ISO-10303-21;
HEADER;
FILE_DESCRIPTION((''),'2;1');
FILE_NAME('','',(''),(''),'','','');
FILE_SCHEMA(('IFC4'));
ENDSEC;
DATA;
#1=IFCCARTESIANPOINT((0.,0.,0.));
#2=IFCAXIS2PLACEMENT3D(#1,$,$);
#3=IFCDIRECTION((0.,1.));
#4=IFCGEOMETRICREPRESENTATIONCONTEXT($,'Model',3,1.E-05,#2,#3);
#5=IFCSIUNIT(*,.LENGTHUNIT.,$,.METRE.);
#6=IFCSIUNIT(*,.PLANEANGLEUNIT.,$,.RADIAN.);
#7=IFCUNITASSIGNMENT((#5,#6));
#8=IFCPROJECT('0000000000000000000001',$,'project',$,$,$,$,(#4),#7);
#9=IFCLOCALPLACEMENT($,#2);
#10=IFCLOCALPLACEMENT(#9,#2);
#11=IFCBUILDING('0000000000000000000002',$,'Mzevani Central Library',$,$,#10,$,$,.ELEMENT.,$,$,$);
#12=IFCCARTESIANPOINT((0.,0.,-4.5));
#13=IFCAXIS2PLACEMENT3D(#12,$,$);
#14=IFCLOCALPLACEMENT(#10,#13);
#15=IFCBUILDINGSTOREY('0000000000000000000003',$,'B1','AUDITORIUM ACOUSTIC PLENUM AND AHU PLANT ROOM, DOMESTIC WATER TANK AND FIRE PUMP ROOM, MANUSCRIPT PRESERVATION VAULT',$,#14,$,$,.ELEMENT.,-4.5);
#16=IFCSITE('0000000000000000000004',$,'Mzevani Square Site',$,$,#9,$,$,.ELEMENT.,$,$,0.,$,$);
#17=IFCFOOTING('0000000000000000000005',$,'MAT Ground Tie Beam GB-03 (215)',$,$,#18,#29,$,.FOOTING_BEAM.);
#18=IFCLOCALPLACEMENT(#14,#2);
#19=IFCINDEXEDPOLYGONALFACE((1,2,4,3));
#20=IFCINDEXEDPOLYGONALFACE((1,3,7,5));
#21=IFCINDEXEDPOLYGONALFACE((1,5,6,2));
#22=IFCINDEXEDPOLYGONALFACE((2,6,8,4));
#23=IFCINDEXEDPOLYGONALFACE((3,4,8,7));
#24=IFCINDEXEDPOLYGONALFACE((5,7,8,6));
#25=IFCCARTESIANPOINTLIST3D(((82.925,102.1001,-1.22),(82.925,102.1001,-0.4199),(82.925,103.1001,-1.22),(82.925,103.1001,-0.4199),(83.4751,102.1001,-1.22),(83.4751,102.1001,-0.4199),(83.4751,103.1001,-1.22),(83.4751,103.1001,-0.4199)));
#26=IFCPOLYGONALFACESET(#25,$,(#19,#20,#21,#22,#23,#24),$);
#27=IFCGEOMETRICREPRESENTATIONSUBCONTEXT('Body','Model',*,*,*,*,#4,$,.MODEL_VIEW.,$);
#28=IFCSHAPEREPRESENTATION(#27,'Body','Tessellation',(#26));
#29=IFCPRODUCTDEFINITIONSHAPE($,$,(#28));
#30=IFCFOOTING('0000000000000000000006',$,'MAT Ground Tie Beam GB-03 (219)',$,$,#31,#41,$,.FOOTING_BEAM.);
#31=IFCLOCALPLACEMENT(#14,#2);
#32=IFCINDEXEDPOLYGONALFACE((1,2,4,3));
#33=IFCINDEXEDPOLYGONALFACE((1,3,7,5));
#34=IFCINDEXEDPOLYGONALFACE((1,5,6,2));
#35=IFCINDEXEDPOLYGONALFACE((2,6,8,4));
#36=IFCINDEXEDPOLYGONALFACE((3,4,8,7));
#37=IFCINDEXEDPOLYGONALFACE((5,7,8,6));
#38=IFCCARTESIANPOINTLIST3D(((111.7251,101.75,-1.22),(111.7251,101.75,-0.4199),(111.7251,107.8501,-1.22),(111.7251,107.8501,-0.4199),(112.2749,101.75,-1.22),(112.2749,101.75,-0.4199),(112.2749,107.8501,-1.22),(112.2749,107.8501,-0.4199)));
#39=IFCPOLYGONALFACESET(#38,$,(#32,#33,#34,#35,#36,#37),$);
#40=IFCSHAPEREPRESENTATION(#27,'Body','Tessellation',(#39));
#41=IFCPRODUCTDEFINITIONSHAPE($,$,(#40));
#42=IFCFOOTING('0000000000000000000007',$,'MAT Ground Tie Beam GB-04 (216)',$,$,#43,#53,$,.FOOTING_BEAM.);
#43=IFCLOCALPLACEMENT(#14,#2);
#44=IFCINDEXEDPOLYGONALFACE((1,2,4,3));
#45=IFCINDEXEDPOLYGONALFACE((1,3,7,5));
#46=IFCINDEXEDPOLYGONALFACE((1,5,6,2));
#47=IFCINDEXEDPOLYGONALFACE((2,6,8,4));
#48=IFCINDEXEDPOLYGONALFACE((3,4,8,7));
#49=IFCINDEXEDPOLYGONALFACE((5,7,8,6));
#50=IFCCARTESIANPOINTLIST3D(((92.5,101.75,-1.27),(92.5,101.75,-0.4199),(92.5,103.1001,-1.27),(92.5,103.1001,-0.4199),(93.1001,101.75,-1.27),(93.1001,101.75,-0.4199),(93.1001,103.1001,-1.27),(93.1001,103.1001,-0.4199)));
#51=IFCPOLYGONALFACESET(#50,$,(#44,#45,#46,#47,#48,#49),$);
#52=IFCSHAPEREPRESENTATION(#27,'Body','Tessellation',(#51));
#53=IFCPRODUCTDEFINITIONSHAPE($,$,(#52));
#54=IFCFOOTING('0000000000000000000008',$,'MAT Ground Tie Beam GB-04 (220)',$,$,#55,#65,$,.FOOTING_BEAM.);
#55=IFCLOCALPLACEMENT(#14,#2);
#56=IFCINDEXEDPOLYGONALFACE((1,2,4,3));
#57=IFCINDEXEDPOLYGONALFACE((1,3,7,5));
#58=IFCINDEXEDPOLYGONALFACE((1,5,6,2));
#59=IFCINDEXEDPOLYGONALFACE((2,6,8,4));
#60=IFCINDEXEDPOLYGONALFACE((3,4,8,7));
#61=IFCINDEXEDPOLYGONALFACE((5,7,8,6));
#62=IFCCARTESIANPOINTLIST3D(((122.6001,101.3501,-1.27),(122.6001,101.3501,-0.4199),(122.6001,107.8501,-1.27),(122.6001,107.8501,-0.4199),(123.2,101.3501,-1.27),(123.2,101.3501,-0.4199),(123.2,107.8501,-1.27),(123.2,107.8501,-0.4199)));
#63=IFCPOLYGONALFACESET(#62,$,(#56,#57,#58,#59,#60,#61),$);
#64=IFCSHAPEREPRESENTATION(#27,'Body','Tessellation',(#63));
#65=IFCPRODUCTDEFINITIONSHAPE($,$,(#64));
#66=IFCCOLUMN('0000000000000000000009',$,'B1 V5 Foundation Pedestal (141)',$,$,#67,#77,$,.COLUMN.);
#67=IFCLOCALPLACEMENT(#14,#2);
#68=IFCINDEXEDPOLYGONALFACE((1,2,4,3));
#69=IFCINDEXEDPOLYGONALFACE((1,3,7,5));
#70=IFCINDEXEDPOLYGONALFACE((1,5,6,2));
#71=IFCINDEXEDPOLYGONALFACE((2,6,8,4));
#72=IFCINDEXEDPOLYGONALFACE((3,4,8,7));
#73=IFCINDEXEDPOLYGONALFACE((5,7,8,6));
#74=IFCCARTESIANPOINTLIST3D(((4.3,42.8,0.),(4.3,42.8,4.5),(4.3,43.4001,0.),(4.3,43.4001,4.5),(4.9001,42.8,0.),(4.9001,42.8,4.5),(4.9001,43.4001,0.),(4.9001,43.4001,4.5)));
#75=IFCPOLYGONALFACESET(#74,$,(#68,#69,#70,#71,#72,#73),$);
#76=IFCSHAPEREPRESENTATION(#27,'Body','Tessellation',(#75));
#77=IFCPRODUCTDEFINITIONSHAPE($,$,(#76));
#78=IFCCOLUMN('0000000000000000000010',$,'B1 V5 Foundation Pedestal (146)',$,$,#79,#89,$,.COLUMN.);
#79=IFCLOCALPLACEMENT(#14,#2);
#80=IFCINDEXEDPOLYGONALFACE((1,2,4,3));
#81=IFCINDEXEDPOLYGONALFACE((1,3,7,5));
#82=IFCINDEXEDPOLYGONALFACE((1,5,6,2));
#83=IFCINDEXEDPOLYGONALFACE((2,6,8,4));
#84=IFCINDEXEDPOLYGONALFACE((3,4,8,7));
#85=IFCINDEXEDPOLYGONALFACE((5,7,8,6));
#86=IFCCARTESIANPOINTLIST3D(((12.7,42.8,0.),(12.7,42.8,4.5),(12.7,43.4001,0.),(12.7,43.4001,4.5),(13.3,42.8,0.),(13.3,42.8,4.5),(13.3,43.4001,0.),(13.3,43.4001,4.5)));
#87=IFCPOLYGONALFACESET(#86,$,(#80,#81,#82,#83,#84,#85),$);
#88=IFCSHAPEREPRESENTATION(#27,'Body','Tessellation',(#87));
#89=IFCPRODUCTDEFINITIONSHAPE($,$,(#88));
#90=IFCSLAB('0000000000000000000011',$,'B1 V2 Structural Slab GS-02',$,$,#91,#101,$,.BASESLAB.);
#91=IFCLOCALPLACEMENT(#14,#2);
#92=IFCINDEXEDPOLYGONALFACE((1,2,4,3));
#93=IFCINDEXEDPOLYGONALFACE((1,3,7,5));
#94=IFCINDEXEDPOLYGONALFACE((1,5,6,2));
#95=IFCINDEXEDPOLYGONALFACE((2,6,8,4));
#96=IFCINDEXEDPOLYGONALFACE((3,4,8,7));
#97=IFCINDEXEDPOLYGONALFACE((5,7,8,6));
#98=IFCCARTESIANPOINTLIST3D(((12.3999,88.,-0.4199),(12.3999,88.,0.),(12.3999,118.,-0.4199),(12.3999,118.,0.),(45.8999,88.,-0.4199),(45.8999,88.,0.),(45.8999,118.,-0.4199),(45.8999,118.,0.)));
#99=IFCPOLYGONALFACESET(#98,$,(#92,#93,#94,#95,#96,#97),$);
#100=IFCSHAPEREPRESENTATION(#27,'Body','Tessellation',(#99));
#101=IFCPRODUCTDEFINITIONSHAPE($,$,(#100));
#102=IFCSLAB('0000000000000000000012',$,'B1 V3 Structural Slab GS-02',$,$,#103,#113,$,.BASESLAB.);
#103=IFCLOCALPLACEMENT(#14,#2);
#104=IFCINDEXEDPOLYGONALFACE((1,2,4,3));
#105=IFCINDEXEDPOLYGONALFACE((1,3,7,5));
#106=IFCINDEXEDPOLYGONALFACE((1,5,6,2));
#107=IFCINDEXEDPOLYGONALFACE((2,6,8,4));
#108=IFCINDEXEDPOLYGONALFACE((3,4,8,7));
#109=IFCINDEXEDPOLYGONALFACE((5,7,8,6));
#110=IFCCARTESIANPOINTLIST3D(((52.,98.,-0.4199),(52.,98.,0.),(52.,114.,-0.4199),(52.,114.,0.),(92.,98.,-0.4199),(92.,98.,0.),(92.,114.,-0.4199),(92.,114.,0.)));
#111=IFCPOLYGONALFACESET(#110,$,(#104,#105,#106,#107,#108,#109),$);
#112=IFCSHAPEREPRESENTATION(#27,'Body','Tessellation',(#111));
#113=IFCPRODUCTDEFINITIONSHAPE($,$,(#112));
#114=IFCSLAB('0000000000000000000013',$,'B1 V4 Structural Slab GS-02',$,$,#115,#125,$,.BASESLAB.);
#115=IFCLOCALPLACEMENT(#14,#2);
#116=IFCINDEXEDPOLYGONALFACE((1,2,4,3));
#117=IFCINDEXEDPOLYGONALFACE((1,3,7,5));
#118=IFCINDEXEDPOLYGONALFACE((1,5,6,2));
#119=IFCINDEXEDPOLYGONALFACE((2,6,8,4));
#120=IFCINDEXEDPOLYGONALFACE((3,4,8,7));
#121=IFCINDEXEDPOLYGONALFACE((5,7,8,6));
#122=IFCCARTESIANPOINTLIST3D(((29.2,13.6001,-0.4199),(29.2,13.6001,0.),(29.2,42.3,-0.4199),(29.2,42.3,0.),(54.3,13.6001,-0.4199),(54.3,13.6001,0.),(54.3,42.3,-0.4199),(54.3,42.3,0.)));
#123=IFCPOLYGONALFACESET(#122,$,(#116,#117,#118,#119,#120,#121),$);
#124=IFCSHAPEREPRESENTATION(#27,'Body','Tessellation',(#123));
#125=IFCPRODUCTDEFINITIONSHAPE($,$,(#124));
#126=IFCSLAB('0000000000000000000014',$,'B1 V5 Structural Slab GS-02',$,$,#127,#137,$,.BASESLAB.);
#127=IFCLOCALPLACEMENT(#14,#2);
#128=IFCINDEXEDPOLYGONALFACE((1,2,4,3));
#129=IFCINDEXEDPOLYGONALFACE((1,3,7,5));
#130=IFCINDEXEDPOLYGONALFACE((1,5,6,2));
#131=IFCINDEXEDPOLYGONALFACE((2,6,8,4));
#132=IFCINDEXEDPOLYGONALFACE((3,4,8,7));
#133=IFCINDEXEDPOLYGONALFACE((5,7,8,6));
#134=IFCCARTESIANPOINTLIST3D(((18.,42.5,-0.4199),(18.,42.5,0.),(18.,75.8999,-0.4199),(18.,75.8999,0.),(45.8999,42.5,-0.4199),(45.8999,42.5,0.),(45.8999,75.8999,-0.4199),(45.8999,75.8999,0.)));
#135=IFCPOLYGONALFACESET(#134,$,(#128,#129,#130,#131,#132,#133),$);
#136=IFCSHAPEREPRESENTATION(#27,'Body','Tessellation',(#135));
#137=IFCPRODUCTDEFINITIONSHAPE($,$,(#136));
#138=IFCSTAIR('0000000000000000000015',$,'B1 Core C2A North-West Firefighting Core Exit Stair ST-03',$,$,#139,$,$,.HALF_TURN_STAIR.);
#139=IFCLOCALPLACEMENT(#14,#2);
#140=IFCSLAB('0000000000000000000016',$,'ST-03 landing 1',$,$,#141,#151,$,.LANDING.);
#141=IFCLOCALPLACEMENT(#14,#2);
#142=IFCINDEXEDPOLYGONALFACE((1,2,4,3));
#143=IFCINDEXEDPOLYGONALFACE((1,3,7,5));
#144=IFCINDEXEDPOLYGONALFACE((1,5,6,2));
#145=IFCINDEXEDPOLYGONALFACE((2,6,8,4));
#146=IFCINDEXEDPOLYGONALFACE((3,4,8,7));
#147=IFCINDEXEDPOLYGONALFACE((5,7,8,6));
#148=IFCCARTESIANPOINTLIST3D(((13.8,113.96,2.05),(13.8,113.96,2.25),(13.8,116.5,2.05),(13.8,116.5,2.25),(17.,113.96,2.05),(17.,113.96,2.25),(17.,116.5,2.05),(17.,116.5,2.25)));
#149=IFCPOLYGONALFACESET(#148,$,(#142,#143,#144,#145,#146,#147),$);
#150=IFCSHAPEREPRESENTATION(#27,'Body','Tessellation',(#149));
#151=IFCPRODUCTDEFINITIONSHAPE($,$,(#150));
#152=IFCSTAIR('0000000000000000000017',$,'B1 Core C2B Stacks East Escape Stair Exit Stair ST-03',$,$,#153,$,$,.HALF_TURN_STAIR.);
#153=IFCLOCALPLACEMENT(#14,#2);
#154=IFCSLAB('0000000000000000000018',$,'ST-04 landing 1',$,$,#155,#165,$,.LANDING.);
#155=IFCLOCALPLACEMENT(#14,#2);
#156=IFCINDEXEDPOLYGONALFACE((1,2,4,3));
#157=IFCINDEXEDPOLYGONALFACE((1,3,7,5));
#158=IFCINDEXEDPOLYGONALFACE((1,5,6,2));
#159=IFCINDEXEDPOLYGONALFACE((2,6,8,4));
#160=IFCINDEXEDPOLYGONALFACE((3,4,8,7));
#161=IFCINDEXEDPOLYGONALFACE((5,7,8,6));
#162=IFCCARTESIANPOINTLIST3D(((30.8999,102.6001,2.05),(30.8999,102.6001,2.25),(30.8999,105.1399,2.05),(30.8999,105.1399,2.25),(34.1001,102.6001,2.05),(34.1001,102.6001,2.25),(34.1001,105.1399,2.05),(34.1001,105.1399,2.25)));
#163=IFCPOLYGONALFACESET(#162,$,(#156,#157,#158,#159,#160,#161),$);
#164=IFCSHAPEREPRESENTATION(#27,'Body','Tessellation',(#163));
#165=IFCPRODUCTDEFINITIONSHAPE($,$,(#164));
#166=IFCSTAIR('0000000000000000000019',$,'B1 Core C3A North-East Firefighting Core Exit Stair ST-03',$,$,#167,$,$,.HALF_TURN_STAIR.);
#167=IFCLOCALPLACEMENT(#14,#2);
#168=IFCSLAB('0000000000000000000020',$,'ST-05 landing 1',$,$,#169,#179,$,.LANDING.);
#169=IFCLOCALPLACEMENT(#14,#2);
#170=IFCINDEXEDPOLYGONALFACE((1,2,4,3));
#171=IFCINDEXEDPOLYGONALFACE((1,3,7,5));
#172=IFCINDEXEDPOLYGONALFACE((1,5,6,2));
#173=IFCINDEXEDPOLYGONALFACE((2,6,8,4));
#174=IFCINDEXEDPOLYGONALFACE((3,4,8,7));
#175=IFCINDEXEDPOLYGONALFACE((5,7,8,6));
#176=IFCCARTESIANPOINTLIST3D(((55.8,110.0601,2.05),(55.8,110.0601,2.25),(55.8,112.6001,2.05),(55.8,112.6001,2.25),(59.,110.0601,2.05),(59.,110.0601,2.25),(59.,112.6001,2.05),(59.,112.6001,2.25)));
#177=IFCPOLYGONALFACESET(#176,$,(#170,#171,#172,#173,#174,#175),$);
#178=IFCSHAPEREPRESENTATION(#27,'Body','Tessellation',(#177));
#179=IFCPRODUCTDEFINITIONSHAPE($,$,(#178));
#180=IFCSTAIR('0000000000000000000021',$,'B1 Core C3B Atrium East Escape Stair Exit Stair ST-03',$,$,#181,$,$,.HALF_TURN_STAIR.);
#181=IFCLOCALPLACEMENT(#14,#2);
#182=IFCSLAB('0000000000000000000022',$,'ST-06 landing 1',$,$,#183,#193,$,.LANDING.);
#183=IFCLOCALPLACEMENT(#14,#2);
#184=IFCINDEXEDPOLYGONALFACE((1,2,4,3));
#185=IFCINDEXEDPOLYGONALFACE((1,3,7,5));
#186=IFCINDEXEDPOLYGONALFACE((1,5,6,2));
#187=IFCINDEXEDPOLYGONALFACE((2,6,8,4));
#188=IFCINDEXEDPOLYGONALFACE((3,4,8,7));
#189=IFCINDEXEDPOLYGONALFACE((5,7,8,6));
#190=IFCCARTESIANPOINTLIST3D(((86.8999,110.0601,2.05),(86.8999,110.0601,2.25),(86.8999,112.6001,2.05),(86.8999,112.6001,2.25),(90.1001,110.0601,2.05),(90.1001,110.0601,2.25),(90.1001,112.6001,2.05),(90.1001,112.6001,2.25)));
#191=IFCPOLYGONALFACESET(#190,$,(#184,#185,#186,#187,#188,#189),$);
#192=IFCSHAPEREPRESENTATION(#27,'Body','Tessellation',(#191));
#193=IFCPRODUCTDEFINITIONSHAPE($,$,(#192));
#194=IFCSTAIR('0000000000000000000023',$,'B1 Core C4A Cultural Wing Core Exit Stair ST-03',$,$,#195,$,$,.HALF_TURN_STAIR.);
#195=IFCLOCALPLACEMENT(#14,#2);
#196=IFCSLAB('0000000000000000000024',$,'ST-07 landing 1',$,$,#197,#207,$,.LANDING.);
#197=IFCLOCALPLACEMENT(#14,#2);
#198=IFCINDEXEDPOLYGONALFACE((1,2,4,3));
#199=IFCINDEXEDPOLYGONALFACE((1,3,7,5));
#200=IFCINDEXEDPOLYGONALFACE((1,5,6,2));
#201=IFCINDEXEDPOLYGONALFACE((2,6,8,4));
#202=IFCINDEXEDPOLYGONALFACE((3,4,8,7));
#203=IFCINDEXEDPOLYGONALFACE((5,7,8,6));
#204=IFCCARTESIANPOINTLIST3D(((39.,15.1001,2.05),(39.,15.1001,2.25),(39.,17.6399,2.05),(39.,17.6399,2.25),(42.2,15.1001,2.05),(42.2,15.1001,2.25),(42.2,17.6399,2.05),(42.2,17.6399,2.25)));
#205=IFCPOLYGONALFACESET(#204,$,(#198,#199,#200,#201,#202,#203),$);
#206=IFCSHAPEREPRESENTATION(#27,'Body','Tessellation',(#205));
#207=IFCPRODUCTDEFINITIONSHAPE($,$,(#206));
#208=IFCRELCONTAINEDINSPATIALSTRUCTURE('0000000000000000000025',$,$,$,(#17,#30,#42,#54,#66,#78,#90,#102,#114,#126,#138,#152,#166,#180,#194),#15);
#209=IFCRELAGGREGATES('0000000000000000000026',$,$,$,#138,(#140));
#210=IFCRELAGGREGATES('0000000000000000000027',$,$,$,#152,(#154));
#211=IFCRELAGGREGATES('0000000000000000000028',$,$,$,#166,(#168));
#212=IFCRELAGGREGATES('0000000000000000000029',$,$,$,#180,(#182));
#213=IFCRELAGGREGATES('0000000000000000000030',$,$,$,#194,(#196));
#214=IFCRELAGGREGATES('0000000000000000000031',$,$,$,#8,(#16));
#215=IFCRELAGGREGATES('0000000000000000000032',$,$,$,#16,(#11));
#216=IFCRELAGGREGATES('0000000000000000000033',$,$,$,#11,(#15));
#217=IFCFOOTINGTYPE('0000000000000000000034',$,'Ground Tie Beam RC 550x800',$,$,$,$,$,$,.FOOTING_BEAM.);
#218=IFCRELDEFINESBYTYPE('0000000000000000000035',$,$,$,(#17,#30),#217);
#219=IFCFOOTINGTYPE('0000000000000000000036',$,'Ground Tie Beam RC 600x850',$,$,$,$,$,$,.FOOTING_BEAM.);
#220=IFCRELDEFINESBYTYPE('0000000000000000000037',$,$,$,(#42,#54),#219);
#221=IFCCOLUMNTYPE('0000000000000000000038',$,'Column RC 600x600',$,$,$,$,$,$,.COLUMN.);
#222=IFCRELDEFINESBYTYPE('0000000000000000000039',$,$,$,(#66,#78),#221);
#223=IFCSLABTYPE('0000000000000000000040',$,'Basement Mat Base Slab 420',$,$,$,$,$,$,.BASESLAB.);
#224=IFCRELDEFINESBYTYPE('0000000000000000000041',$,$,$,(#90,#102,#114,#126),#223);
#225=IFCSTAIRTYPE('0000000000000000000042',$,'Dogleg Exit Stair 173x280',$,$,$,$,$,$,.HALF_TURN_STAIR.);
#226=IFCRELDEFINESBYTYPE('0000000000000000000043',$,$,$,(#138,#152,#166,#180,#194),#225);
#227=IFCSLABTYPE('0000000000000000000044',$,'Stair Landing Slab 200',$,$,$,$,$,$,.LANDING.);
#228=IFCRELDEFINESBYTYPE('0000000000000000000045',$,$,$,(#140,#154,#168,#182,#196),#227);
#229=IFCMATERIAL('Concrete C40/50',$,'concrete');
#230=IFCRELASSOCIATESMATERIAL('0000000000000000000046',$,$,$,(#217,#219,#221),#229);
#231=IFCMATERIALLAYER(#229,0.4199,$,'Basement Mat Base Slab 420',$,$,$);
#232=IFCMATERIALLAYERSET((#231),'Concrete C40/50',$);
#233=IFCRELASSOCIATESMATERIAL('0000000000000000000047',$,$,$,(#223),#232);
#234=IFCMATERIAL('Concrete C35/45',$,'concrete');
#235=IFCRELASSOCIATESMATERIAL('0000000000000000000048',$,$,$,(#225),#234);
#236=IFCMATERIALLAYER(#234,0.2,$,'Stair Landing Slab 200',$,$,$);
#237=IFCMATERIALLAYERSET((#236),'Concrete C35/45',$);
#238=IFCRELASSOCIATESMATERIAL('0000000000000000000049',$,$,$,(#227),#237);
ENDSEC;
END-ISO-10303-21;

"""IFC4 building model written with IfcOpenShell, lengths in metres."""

from ifc_helpers import new_model, si_unit, direction, frame, origin, origin_2d, place, context, subcontext, project, spatial, polyline, rectangle, outline, extrude, material, layer, layer_set, material_profile, profile_set, type_object, element, aggregate, save


model = new_model("IFC4")

# Units and contexts
model_context = context("Model", 3, precision=1e-05, world=origin(), true_north=direction((0.0, 1.0)))
body_context = subcontext(model_context, "Body", "Model", "MODEL_VIEW")
ifc_project = project(units=[si_unit("LENGTHUNIT", "METRE"), si_unit("PLANEANGLEUNIT", "RADIAN")], contexts=[model_context])

# Site, building, storey
site_placement = place(None, origin())
site = spatial("IfcSite", under=ifc_project, at=site_placement, Name="Mzevani Square Site", CompositionType="ELEMENT", RefElevation=0.0)
building_placement = place(site_placement, origin())
building = spatial("IfcBuilding", under=site, at=building_placement, Name="Mzevani Central Library", CompositionType="ELEMENT")
storey_placement = place(building_placement, frame((0.0, 0.0, -4.5)))
storey = spatial("IfcBuildingStorey", under=building, at=storey_placement, Name="B1", Description="AUDITORIUM ACOUSTIC PLENUM AND AHU PLANT ROOM, DOMESTIC WATER TANK AND FIRE PUMP ROOM, MANUSCRIPT PRESERVATION VAULT", CompositionType="ELEMENT", Elevation=-4.5)

# Shared definitions
ifc_material_1 = material(Name="Concrete C40/50", Category="concrete")

# Footings
footing_type_1 = type_object("IfcFootingType", Name="Ground Tie Beam RC 550x800", PredefinedType="FOOTING_BEAM", material=ifc_material_1)
footing_1_placement = place(storey_placement, frame((0.0, 0.0, -1.22)))
element("IfcFooting", 1, at=footing_1_placement, inside=storey, type_object=footing_type_1, Name="MAT Ground Tie Beam GB-03 (215)", PredefinedType="FOOTING_BEAM", context=body_context, shape_type="SweptSolid", body=[
    extrude(outline(polyline([(82.925, 102.1001), (83.4751, 102.1001), (83.4751, 103.1001), (82.925, 103.1001), (82.925, 102.1001)])), origin(), (0.0, 0.0, 1.0), 0.8),
])
footing_2_placement = place(storey_placement, frame((0.0, 0.0, -1.22)))
element("IfcFooting", 2, at=footing_2_placement, inside=storey, type_object=footing_type_1, Name="MAT Ground Tie Beam GB-03 (219)", PredefinedType="FOOTING_BEAM", context=body_context, shape_type="SweptSolid", body=[
    extrude(outline(polyline([(111.7251, 101.75), (112.2749, 101.75), (112.2749, 107.8501), (111.7251, 107.8501), (111.7251, 101.75)])), origin(), (0.0, 0.0, 1.0), 0.8),
])
footing_type_2 = type_object("IfcFootingType", Name="Ground Tie Beam RC 600x850", PredefinedType="FOOTING_BEAM", material=ifc_material_1)
footing_3_placement = place(storey_placement, frame((0.0, 0.0, -1.27)))
element("IfcFooting", 3, at=footing_3_placement, inside=storey, type_object=footing_type_2, Name="MAT Ground Tie Beam GB-04 (216)", PredefinedType="FOOTING_BEAM", context=body_context, shape_type="SweptSolid", body=[
    extrude(outline(polyline([(92.5, 101.75), (93.1001, 101.75), (93.1001, 103.1001), (92.5, 103.1001), (92.5, 101.75)])), origin(), (0.0, 0.0, 1.0), 0.8501),
])
footing_4_placement = place(storey_placement, frame((0.0, 0.0, -1.27)))
element("IfcFooting", 4, at=footing_4_placement, inside=storey, type_object=footing_type_2, Name="MAT Ground Tie Beam GB-04 (220)", PredefinedType="FOOTING_BEAM", context=body_context, shape_type="SweptSolid", body=[
    extrude(outline(polyline([(122.6001, 101.3501), (123.2, 101.3501), (123.2, 107.8501), (122.6001, 107.8501), (122.6001, 101.3501)])), origin(), (0.0, 0.0, 1.0), 0.8501),
])

# Columns
ifc_material_profile_1 = material_profile(ifc_material_1, rectangle(XDim=0.6001, YDim=0.6001, at=origin_2d()), Name="RC 600x600")
ifc_profile_set_1 = profile_set([ifc_material_profile_1], Name="Concrete C40/50")
column_type = type_object("IfcColumnType", Name="Column RC 600x600", PredefinedType="COLUMN", material=ifc_profile_set_1)
for number, where, z_axis, x_axis, name in (
    (5, (4.6001, 43.1001, 0.0), (0.0, 0.0, 1.0), (1.0, 0.0, 0.0), "B1 V5 Foundation Pedestal (141)"),
    (6, (13.0, 43.1001, 0.0), (0.0, 0.0, 1.0), (1.0, 0.0, 0.0), "B1 V5 Foundation Pedestal (146)"),
):
    element("IfcColumn", number, at=place(storey_placement, frame(where, z_axis=z_axis, x_axis=x_axis)), inside=storey, type_object=column_type, Name=name, PredefinedType="COLUMN", context=body_context, shape_type="SweptSolid", body=[
        extrude(rectangle(XDim=0.6001, YDim=0.6001, at=origin_2d()), origin(), (0.0, 0.0, 1.0), 4.5),
    ])

# Slabs
ifc_layer_1 = layer(ifc_material_1, 0.4199, Name="Basement Mat Base Slab 420")
ifc_layer_set_1 = layer_set([ifc_layer_1], Name="Concrete C40/50")
slab_type_1 = type_object("IfcSlabType", Name="Basement Mat Base Slab 420", PredefinedType="BASESLAB", material=ifc_layer_set_1)
slab_1_placement = place(storey_placement, frame((0.0, 0.0, -0.4199)))
element("IfcSlab", 7, at=slab_1_placement, inside=storey, type_object=slab_type_1, Name="B1 V2 Structural Slab GS-02", PredefinedType="BASESLAB", context=body_context, shape_type="SweptSolid", body=[
    extrude(outline(polyline([(45.8999, 88.0), (12.3999, 88.0), (12.3999, 118.0), (45.8999, 118.0), (45.8999, 88.0)])), origin(), (0.0, 0.0, 1.0), 0.4199),
])
slab_2_placement = place(storey_placement, frame((0.0, 0.0, -0.4199)))
element("IfcSlab", 8, at=slab_2_placement, inside=storey, type_object=slab_type_1, Name="B1 V3 Structural Slab GS-02", PredefinedType="BASESLAB", context=body_context, shape_type="SweptSolid", body=[
    extrude(outline(polyline([(92.0, 98.0), (52.0, 98.0), (52.0, 114.0), (92.0, 114.0), (92.0, 98.0)])), origin(), (0.0, 0.0, 1.0), 0.4199),
])
slab_3_placement = place(storey_placement, frame((0.0, 0.0, -0.4199)))
element("IfcSlab", 9, at=slab_3_placement, inside=storey, type_object=slab_type_1, Name="B1 V4 Structural Slab GS-02", PredefinedType="BASESLAB", context=body_context, shape_type="SweptSolid", body=[
    extrude(outline(polyline([(54.3, 13.6001), (29.2, 13.6001), (29.2, 42.3), (54.3, 42.3), (54.3, 13.6001)])), origin(), (0.0, 0.0, 1.0), 0.4199),
])
slab_4_placement = place(storey_placement, frame((0.0, 0.0, -0.4199)))
element("IfcSlab", 10, at=slab_4_placement, inside=storey, type_object=slab_type_1, Name="B1 V5 Structural Slab GS-02", PredefinedType="BASESLAB", context=body_context, shape_type="SweptSolid", body=[
    extrude(outline(polyline([(45.8999, 42.5), (18.0, 42.5), (18.0, 75.8999), (45.8999, 75.8999), (45.8999, 42.5)])), origin(), (0.0, 0.0, 1.0), 0.4199),
])

# Stairs, slabs
ifc_material_2 = material(Name="Concrete C35/45", Category="concrete")
stair_type = type_object("IfcStairType", Name="Dogleg Exit Stair 173x280", PredefinedType="HALF_TURN_STAIR", material=ifc_material_2)
stair_1_placement = place(storey_placement, origin())
stair_1 = element("IfcStair", 11, at=stair_1_placement, inside=storey, type_object=stair_type, Name="B1 Core C2A North-West Firefighting Core Exit Stair ST-03", PredefinedType="HALF_TURN_STAIR")
ifc_layer_2 = layer(ifc_material_2, 0.2, Name="Stair Landing Slab 200")
ifc_layer_set_2 = layer_set([ifc_layer_2], Name="Concrete C35/45")
slab_type_2 = type_object("IfcSlabType", Name="Stair Landing Slab 200", PredefinedType="LANDING", material=ifc_layer_set_2)
slab_5_placement = place(storey_placement, frame((0.0, 0.0, 2.05)))
slab_5 = element("IfcSlab", 12, at=slab_5_placement, type_object=slab_type_2, Name="ST-03 landing 1", PredefinedType="LANDING", context=body_context, shape_type="SweptSolid", body=[
    extrude(outline(polyline([(17.0, 113.96), (17.0, 116.5), (13.8, 116.5), (13.8, 113.96), (17.0, 113.96)])), origin(), (0.0, 0.0, 1.0), 0.2),
])
aggregate(stair_1, [slab_5])
stair_2_placement = place(storey_placement, origin())
stair_2 = element("IfcStair", 13, at=stair_2_placement, inside=storey, type_object=stair_type, Name="B1 Core C2B Stacks East Escape Stair Exit Stair ST-03", PredefinedType="HALF_TURN_STAIR")
slab_6_placement = place(storey_placement, frame((0.0, 0.0, 2.05)))
slab_6 = element("IfcSlab", 14, at=slab_6_placement, type_object=slab_type_2, Name="ST-04 landing 1", PredefinedType="LANDING", context=body_context, shape_type="SweptSolid", body=[
    extrude(outline(polyline([(30.8999, 105.1399), (30.8999, 102.6001), (34.1001, 102.6001), (34.1001, 105.1399), (30.8999, 105.1399)])), origin(), (0.0, 0.0, 1.0), 0.2),
])
aggregate(stair_2, [slab_6])
stair_3_placement = place(storey_placement, origin())
stair_3 = element("IfcStair", 15, at=stair_3_placement, inside=storey, type_object=stair_type, Name="B1 Core C3A North-East Firefighting Core Exit Stair ST-03", PredefinedType="HALF_TURN_STAIR")
slab_7_placement = place(storey_placement, frame((0.0, 0.0, 2.05)))
slab_7 = element("IfcSlab", 16, at=slab_7_placement, type_object=slab_type_2, Name="ST-05 landing 1", PredefinedType="LANDING", context=body_context, shape_type="SweptSolid", body=[
    extrude(outline(polyline([(59.0, 110.0601), (59.0, 112.6001), (55.8, 112.6001), (55.8, 110.0601), (59.0, 110.0601)])), origin(), (0.0, 0.0, 1.0), 0.2),
])
aggregate(stair_3, [slab_7])
stair_4_placement = place(storey_placement, origin())
stair_4 = element("IfcStair", 17, at=stair_4_placement, inside=storey, type_object=stair_type, Name="B1 Core C3B Atrium East Escape Stair Exit Stair ST-03", PredefinedType="HALF_TURN_STAIR")
slab_8_placement = place(storey_placement, frame((0.0, 0.0, 2.05)))
slab_8 = element("IfcSlab", 18, at=slab_8_placement, type_object=slab_type_2, Name="ST-06 landing 1", PredefinedType="LANDING", context=body_context, shape_type="SweptSolid", body=[
    extrude(outline(polyline([(90.1001, 110.0601), (90.1001, 112.6001), (86.8999, 112.6001), (86.8999, 110.0601), (90.1001, 110.0601)])), origin(), (0.0, 0.0, 1.0), 0.2),
])
aggregate(stair_4, [slab_8])
stair_5_placement = place(storey_placement, origin())
stair_5 = element("IfcStair", 19, at=stair_5_placement, inside=storey, type_object=stair_type, Name="B1 Core C4A Cultural Wing Core Exit Stair ST-03", PredefinedType="HALF_TURN_STAIR")
slab_9_placement = place(storey_placement, frame((0.0, 0.0, 2.05)))
slab_9 = element("IfcSlab", 20, at=slab_9_placement, type_object=slab_type_2, Name="ST-07 landing 1", PredefinedType="LANDING", context=body_context, shape_type="SweptSolid", body=[
    extrude(outline(polyline([(39.0, 17.6399), (39.0, 15.1001), (42.2, 15.1001), (42.2, 17.6399), (39.0, 17.6399)])), origin(), (0.0, 0.0, 1.0), 0.2),
])
aggregate(stair_5, [slab_9])

save(model, "model.ifc")
